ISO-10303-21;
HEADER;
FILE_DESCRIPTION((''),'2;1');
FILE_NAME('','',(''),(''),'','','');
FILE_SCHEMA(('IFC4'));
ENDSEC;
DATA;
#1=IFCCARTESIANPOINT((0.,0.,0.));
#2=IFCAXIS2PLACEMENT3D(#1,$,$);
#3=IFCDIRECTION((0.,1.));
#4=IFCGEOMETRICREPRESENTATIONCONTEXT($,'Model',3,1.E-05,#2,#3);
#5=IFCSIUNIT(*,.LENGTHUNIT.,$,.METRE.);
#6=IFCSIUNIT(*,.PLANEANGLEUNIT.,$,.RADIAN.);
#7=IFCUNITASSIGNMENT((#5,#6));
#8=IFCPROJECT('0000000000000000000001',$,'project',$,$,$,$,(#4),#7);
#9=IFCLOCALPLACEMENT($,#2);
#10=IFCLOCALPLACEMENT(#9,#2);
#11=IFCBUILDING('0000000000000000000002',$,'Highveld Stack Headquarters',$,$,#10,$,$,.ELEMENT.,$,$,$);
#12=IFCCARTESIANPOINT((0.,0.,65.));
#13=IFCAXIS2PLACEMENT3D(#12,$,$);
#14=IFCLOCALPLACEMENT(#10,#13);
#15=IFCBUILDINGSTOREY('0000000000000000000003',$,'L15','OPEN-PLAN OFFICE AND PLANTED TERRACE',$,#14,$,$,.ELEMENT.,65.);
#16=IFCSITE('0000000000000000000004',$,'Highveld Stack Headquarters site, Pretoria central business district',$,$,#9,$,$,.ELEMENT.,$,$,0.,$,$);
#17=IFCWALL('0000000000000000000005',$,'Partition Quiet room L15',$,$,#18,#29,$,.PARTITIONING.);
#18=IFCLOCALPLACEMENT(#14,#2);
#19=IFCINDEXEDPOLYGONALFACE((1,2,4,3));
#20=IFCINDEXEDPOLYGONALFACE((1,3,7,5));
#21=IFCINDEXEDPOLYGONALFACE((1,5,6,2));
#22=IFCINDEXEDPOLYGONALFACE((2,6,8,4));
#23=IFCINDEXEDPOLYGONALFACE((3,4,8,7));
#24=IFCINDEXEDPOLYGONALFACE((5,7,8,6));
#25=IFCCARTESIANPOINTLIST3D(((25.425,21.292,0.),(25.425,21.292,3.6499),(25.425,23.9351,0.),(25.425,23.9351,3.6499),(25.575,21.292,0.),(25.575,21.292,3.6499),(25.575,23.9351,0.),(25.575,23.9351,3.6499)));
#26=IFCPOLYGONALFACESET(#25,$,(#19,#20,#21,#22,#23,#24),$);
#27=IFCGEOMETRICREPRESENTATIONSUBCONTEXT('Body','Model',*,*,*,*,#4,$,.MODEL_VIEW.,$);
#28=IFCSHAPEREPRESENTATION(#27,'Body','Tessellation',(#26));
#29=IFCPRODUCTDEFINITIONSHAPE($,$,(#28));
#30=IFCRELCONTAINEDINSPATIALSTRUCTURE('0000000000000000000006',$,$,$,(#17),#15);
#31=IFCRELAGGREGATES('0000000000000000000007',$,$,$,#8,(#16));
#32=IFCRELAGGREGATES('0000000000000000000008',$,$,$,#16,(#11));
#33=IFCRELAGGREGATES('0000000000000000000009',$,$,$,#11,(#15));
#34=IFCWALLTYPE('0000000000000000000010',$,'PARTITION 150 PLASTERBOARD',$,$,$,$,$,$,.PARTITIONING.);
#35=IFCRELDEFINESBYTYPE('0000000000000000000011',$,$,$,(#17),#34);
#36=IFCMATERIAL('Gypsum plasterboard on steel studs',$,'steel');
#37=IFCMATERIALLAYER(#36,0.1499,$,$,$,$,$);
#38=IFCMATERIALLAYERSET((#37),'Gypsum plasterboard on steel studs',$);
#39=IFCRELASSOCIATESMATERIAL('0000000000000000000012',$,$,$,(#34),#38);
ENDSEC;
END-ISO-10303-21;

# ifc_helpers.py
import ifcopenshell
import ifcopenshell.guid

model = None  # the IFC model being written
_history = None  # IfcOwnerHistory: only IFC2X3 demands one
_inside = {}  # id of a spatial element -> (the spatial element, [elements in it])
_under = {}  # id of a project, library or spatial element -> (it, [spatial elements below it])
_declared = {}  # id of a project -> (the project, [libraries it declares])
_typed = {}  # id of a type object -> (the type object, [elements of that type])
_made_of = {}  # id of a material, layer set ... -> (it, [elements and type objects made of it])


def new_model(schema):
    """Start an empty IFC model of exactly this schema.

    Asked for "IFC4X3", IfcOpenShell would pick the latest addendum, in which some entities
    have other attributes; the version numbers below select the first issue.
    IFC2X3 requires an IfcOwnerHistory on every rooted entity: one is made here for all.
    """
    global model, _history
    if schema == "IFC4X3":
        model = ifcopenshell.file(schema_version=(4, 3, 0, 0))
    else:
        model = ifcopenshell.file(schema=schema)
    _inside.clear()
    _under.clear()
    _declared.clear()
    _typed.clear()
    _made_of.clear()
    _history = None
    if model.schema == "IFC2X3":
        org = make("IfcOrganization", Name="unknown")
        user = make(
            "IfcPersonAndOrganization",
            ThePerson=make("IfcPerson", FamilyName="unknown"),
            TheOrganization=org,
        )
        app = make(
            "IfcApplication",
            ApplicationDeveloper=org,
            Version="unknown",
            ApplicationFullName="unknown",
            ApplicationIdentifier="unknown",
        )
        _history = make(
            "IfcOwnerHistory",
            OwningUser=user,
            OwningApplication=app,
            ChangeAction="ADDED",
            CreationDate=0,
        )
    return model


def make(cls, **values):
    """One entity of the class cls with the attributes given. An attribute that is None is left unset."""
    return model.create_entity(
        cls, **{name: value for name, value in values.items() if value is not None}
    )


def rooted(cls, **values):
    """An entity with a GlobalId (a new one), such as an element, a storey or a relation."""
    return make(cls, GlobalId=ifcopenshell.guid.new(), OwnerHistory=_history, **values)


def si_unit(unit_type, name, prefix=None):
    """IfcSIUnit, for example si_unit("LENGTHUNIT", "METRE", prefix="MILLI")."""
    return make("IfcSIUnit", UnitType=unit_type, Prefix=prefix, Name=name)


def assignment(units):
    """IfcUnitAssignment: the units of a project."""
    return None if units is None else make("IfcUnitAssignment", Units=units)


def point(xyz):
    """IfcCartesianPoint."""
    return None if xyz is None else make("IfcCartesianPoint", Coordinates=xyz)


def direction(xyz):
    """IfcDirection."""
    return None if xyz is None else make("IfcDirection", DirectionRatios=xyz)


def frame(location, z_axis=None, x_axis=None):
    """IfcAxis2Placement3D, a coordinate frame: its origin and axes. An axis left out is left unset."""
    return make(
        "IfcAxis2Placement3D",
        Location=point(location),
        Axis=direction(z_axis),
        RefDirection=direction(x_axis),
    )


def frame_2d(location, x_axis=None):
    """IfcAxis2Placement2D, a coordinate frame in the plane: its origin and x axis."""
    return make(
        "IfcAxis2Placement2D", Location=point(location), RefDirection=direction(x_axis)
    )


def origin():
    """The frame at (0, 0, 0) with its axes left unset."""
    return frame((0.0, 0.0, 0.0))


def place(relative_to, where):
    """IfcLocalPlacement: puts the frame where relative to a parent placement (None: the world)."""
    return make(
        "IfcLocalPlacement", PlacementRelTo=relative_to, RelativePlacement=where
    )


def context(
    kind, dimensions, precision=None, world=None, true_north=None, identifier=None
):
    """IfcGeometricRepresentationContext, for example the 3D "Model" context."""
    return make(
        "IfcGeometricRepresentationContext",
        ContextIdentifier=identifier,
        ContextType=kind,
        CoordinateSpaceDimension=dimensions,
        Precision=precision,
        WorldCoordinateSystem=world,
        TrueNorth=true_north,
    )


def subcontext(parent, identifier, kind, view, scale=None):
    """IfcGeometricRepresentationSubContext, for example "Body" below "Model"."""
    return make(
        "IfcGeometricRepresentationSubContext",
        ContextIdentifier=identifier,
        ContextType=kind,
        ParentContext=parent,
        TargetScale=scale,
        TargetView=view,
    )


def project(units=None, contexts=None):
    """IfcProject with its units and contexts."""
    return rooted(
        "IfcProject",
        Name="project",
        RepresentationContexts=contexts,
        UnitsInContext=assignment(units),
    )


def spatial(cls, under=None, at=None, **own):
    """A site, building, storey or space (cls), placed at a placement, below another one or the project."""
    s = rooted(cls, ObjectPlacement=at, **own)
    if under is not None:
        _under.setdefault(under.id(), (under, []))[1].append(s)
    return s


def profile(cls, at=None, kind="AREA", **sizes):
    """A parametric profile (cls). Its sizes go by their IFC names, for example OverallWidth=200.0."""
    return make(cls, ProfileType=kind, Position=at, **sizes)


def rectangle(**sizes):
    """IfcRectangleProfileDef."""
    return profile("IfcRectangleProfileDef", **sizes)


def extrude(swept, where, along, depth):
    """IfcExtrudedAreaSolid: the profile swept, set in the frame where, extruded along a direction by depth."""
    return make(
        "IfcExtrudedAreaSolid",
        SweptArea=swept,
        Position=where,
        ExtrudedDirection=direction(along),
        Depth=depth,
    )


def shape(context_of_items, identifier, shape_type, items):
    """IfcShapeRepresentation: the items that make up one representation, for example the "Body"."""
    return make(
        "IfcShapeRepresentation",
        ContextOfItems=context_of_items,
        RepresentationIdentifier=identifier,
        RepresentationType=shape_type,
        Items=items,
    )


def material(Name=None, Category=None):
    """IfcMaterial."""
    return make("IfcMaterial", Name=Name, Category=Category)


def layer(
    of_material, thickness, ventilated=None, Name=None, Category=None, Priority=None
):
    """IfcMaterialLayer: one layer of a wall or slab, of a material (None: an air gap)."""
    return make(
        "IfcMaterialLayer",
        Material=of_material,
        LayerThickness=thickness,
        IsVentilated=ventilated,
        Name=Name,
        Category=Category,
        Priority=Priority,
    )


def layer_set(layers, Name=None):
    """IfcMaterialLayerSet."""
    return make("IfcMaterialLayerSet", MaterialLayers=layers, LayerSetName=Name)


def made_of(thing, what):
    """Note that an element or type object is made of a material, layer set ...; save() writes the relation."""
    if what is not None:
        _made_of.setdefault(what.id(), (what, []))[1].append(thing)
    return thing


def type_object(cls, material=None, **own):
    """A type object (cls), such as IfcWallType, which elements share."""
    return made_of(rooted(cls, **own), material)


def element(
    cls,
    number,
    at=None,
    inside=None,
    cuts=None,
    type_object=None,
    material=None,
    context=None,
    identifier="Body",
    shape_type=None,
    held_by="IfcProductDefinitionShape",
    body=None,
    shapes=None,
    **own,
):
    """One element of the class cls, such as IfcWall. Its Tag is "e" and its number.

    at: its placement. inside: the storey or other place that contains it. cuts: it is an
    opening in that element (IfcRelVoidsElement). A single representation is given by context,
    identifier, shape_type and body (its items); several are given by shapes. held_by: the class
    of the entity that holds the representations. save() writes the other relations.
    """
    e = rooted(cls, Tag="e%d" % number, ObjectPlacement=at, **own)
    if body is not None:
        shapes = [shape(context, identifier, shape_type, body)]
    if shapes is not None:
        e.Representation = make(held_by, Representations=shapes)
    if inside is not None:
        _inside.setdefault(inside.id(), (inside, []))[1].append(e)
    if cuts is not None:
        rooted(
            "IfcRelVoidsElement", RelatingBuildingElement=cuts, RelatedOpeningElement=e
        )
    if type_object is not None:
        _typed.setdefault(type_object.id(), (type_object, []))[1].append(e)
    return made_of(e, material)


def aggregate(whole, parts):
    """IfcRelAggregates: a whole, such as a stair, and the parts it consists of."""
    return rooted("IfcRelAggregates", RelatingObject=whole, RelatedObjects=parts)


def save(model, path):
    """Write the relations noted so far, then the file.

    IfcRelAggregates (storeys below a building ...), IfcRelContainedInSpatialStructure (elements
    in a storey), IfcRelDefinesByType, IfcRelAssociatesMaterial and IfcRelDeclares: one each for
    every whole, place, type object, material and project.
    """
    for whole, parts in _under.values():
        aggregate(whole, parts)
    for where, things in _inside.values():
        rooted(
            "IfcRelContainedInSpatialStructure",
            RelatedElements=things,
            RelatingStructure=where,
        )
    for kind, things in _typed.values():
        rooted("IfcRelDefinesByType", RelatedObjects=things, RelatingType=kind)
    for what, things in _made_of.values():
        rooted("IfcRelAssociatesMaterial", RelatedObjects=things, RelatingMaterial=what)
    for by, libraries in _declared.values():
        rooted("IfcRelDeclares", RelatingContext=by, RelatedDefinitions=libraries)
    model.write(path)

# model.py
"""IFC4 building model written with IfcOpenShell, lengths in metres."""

from ifc_helpers import new_model, si_unit, direction, frame, frame_2d, origin, place, context, subcontext, project, spatial, rectangle, extrude, material, layer, layer_set, type_object, element, save


model = new_model("IFC4")

# Units and contexts
model_context = context("Model", 3, precision=1e-05, world=origin(), true_north=direction((0.0, 1.0)))
body_context = subcontext(model_context, "Body", "Model", "MODEL_VIEW")
ifc_project = project(units=[si_unit("LENGTHUNIT", "METRE"), si_unit("PLANEANGLEUNIT", "RADIAN")], contexts=[model_context])

# Site, building, storey
site_placement = place(None, origin())
site = spatial("IfcSite", under=ifc_project, at=site_placement, Name="Highveld Stack Headquarters site, Pretoria central business district", CompositionType="ELEMENT", RefElevation=0.0)
building_placement = place(site_placement, origin())
building = spatial("IfcBuilding", under=site, at=building_placement, Name="Highveld Stack Headquarters", CompositionType="ELEMENT")
storey_placement = place(building_placement, frame((0.0, 0.0, 65.0)))
storey = spatial("IfcBuildingStorey", under=building, at=storey_placement, Name="L15", Description="OPEN-PLAN OFFICE AND PLANTED TERRACE", CompositionType="ELEMENT", Elevation=65.0)

# Wall
ifc_material_1 = material(Name="Gypsum plasterboard on steel studs", Category="steel")
ifc_layer_1 = layer(ifc_material_1, 0.1499)
ifc_layer_set_1 = layer_set([ifc_layer_1], Name="Gypsum plasterboard on steel studs")
wall_type = type_object("IfcWallType", Name="PARTITION 150 PLASTERBOARD", PredefinedType="PARTITIONING", material=ifc_layer_set_1)
wall_1_placement = place(storey_placement, frame((25.5, 21.292, 0.0), z_axis=(0.0, 0.0, 1.0), x_axis=(0.0, 1.0, 0.0)))
element("IfcWall", 1, at=wall_1_placement, inside=storey, type_object=wall_type, Name="Partition Quiet room L15", PredefinedType="PARTITIONING", context=body_context, shape_type="SweptSolid", body=[
    extrude(rectangle(XDim=2.6431, YDim=0.1499, at=frame_2d((1.3215, 0.0))), origin(), (0.0, 0.0, 1.0), 3.6499),
])

save(model, "model.ifc")
